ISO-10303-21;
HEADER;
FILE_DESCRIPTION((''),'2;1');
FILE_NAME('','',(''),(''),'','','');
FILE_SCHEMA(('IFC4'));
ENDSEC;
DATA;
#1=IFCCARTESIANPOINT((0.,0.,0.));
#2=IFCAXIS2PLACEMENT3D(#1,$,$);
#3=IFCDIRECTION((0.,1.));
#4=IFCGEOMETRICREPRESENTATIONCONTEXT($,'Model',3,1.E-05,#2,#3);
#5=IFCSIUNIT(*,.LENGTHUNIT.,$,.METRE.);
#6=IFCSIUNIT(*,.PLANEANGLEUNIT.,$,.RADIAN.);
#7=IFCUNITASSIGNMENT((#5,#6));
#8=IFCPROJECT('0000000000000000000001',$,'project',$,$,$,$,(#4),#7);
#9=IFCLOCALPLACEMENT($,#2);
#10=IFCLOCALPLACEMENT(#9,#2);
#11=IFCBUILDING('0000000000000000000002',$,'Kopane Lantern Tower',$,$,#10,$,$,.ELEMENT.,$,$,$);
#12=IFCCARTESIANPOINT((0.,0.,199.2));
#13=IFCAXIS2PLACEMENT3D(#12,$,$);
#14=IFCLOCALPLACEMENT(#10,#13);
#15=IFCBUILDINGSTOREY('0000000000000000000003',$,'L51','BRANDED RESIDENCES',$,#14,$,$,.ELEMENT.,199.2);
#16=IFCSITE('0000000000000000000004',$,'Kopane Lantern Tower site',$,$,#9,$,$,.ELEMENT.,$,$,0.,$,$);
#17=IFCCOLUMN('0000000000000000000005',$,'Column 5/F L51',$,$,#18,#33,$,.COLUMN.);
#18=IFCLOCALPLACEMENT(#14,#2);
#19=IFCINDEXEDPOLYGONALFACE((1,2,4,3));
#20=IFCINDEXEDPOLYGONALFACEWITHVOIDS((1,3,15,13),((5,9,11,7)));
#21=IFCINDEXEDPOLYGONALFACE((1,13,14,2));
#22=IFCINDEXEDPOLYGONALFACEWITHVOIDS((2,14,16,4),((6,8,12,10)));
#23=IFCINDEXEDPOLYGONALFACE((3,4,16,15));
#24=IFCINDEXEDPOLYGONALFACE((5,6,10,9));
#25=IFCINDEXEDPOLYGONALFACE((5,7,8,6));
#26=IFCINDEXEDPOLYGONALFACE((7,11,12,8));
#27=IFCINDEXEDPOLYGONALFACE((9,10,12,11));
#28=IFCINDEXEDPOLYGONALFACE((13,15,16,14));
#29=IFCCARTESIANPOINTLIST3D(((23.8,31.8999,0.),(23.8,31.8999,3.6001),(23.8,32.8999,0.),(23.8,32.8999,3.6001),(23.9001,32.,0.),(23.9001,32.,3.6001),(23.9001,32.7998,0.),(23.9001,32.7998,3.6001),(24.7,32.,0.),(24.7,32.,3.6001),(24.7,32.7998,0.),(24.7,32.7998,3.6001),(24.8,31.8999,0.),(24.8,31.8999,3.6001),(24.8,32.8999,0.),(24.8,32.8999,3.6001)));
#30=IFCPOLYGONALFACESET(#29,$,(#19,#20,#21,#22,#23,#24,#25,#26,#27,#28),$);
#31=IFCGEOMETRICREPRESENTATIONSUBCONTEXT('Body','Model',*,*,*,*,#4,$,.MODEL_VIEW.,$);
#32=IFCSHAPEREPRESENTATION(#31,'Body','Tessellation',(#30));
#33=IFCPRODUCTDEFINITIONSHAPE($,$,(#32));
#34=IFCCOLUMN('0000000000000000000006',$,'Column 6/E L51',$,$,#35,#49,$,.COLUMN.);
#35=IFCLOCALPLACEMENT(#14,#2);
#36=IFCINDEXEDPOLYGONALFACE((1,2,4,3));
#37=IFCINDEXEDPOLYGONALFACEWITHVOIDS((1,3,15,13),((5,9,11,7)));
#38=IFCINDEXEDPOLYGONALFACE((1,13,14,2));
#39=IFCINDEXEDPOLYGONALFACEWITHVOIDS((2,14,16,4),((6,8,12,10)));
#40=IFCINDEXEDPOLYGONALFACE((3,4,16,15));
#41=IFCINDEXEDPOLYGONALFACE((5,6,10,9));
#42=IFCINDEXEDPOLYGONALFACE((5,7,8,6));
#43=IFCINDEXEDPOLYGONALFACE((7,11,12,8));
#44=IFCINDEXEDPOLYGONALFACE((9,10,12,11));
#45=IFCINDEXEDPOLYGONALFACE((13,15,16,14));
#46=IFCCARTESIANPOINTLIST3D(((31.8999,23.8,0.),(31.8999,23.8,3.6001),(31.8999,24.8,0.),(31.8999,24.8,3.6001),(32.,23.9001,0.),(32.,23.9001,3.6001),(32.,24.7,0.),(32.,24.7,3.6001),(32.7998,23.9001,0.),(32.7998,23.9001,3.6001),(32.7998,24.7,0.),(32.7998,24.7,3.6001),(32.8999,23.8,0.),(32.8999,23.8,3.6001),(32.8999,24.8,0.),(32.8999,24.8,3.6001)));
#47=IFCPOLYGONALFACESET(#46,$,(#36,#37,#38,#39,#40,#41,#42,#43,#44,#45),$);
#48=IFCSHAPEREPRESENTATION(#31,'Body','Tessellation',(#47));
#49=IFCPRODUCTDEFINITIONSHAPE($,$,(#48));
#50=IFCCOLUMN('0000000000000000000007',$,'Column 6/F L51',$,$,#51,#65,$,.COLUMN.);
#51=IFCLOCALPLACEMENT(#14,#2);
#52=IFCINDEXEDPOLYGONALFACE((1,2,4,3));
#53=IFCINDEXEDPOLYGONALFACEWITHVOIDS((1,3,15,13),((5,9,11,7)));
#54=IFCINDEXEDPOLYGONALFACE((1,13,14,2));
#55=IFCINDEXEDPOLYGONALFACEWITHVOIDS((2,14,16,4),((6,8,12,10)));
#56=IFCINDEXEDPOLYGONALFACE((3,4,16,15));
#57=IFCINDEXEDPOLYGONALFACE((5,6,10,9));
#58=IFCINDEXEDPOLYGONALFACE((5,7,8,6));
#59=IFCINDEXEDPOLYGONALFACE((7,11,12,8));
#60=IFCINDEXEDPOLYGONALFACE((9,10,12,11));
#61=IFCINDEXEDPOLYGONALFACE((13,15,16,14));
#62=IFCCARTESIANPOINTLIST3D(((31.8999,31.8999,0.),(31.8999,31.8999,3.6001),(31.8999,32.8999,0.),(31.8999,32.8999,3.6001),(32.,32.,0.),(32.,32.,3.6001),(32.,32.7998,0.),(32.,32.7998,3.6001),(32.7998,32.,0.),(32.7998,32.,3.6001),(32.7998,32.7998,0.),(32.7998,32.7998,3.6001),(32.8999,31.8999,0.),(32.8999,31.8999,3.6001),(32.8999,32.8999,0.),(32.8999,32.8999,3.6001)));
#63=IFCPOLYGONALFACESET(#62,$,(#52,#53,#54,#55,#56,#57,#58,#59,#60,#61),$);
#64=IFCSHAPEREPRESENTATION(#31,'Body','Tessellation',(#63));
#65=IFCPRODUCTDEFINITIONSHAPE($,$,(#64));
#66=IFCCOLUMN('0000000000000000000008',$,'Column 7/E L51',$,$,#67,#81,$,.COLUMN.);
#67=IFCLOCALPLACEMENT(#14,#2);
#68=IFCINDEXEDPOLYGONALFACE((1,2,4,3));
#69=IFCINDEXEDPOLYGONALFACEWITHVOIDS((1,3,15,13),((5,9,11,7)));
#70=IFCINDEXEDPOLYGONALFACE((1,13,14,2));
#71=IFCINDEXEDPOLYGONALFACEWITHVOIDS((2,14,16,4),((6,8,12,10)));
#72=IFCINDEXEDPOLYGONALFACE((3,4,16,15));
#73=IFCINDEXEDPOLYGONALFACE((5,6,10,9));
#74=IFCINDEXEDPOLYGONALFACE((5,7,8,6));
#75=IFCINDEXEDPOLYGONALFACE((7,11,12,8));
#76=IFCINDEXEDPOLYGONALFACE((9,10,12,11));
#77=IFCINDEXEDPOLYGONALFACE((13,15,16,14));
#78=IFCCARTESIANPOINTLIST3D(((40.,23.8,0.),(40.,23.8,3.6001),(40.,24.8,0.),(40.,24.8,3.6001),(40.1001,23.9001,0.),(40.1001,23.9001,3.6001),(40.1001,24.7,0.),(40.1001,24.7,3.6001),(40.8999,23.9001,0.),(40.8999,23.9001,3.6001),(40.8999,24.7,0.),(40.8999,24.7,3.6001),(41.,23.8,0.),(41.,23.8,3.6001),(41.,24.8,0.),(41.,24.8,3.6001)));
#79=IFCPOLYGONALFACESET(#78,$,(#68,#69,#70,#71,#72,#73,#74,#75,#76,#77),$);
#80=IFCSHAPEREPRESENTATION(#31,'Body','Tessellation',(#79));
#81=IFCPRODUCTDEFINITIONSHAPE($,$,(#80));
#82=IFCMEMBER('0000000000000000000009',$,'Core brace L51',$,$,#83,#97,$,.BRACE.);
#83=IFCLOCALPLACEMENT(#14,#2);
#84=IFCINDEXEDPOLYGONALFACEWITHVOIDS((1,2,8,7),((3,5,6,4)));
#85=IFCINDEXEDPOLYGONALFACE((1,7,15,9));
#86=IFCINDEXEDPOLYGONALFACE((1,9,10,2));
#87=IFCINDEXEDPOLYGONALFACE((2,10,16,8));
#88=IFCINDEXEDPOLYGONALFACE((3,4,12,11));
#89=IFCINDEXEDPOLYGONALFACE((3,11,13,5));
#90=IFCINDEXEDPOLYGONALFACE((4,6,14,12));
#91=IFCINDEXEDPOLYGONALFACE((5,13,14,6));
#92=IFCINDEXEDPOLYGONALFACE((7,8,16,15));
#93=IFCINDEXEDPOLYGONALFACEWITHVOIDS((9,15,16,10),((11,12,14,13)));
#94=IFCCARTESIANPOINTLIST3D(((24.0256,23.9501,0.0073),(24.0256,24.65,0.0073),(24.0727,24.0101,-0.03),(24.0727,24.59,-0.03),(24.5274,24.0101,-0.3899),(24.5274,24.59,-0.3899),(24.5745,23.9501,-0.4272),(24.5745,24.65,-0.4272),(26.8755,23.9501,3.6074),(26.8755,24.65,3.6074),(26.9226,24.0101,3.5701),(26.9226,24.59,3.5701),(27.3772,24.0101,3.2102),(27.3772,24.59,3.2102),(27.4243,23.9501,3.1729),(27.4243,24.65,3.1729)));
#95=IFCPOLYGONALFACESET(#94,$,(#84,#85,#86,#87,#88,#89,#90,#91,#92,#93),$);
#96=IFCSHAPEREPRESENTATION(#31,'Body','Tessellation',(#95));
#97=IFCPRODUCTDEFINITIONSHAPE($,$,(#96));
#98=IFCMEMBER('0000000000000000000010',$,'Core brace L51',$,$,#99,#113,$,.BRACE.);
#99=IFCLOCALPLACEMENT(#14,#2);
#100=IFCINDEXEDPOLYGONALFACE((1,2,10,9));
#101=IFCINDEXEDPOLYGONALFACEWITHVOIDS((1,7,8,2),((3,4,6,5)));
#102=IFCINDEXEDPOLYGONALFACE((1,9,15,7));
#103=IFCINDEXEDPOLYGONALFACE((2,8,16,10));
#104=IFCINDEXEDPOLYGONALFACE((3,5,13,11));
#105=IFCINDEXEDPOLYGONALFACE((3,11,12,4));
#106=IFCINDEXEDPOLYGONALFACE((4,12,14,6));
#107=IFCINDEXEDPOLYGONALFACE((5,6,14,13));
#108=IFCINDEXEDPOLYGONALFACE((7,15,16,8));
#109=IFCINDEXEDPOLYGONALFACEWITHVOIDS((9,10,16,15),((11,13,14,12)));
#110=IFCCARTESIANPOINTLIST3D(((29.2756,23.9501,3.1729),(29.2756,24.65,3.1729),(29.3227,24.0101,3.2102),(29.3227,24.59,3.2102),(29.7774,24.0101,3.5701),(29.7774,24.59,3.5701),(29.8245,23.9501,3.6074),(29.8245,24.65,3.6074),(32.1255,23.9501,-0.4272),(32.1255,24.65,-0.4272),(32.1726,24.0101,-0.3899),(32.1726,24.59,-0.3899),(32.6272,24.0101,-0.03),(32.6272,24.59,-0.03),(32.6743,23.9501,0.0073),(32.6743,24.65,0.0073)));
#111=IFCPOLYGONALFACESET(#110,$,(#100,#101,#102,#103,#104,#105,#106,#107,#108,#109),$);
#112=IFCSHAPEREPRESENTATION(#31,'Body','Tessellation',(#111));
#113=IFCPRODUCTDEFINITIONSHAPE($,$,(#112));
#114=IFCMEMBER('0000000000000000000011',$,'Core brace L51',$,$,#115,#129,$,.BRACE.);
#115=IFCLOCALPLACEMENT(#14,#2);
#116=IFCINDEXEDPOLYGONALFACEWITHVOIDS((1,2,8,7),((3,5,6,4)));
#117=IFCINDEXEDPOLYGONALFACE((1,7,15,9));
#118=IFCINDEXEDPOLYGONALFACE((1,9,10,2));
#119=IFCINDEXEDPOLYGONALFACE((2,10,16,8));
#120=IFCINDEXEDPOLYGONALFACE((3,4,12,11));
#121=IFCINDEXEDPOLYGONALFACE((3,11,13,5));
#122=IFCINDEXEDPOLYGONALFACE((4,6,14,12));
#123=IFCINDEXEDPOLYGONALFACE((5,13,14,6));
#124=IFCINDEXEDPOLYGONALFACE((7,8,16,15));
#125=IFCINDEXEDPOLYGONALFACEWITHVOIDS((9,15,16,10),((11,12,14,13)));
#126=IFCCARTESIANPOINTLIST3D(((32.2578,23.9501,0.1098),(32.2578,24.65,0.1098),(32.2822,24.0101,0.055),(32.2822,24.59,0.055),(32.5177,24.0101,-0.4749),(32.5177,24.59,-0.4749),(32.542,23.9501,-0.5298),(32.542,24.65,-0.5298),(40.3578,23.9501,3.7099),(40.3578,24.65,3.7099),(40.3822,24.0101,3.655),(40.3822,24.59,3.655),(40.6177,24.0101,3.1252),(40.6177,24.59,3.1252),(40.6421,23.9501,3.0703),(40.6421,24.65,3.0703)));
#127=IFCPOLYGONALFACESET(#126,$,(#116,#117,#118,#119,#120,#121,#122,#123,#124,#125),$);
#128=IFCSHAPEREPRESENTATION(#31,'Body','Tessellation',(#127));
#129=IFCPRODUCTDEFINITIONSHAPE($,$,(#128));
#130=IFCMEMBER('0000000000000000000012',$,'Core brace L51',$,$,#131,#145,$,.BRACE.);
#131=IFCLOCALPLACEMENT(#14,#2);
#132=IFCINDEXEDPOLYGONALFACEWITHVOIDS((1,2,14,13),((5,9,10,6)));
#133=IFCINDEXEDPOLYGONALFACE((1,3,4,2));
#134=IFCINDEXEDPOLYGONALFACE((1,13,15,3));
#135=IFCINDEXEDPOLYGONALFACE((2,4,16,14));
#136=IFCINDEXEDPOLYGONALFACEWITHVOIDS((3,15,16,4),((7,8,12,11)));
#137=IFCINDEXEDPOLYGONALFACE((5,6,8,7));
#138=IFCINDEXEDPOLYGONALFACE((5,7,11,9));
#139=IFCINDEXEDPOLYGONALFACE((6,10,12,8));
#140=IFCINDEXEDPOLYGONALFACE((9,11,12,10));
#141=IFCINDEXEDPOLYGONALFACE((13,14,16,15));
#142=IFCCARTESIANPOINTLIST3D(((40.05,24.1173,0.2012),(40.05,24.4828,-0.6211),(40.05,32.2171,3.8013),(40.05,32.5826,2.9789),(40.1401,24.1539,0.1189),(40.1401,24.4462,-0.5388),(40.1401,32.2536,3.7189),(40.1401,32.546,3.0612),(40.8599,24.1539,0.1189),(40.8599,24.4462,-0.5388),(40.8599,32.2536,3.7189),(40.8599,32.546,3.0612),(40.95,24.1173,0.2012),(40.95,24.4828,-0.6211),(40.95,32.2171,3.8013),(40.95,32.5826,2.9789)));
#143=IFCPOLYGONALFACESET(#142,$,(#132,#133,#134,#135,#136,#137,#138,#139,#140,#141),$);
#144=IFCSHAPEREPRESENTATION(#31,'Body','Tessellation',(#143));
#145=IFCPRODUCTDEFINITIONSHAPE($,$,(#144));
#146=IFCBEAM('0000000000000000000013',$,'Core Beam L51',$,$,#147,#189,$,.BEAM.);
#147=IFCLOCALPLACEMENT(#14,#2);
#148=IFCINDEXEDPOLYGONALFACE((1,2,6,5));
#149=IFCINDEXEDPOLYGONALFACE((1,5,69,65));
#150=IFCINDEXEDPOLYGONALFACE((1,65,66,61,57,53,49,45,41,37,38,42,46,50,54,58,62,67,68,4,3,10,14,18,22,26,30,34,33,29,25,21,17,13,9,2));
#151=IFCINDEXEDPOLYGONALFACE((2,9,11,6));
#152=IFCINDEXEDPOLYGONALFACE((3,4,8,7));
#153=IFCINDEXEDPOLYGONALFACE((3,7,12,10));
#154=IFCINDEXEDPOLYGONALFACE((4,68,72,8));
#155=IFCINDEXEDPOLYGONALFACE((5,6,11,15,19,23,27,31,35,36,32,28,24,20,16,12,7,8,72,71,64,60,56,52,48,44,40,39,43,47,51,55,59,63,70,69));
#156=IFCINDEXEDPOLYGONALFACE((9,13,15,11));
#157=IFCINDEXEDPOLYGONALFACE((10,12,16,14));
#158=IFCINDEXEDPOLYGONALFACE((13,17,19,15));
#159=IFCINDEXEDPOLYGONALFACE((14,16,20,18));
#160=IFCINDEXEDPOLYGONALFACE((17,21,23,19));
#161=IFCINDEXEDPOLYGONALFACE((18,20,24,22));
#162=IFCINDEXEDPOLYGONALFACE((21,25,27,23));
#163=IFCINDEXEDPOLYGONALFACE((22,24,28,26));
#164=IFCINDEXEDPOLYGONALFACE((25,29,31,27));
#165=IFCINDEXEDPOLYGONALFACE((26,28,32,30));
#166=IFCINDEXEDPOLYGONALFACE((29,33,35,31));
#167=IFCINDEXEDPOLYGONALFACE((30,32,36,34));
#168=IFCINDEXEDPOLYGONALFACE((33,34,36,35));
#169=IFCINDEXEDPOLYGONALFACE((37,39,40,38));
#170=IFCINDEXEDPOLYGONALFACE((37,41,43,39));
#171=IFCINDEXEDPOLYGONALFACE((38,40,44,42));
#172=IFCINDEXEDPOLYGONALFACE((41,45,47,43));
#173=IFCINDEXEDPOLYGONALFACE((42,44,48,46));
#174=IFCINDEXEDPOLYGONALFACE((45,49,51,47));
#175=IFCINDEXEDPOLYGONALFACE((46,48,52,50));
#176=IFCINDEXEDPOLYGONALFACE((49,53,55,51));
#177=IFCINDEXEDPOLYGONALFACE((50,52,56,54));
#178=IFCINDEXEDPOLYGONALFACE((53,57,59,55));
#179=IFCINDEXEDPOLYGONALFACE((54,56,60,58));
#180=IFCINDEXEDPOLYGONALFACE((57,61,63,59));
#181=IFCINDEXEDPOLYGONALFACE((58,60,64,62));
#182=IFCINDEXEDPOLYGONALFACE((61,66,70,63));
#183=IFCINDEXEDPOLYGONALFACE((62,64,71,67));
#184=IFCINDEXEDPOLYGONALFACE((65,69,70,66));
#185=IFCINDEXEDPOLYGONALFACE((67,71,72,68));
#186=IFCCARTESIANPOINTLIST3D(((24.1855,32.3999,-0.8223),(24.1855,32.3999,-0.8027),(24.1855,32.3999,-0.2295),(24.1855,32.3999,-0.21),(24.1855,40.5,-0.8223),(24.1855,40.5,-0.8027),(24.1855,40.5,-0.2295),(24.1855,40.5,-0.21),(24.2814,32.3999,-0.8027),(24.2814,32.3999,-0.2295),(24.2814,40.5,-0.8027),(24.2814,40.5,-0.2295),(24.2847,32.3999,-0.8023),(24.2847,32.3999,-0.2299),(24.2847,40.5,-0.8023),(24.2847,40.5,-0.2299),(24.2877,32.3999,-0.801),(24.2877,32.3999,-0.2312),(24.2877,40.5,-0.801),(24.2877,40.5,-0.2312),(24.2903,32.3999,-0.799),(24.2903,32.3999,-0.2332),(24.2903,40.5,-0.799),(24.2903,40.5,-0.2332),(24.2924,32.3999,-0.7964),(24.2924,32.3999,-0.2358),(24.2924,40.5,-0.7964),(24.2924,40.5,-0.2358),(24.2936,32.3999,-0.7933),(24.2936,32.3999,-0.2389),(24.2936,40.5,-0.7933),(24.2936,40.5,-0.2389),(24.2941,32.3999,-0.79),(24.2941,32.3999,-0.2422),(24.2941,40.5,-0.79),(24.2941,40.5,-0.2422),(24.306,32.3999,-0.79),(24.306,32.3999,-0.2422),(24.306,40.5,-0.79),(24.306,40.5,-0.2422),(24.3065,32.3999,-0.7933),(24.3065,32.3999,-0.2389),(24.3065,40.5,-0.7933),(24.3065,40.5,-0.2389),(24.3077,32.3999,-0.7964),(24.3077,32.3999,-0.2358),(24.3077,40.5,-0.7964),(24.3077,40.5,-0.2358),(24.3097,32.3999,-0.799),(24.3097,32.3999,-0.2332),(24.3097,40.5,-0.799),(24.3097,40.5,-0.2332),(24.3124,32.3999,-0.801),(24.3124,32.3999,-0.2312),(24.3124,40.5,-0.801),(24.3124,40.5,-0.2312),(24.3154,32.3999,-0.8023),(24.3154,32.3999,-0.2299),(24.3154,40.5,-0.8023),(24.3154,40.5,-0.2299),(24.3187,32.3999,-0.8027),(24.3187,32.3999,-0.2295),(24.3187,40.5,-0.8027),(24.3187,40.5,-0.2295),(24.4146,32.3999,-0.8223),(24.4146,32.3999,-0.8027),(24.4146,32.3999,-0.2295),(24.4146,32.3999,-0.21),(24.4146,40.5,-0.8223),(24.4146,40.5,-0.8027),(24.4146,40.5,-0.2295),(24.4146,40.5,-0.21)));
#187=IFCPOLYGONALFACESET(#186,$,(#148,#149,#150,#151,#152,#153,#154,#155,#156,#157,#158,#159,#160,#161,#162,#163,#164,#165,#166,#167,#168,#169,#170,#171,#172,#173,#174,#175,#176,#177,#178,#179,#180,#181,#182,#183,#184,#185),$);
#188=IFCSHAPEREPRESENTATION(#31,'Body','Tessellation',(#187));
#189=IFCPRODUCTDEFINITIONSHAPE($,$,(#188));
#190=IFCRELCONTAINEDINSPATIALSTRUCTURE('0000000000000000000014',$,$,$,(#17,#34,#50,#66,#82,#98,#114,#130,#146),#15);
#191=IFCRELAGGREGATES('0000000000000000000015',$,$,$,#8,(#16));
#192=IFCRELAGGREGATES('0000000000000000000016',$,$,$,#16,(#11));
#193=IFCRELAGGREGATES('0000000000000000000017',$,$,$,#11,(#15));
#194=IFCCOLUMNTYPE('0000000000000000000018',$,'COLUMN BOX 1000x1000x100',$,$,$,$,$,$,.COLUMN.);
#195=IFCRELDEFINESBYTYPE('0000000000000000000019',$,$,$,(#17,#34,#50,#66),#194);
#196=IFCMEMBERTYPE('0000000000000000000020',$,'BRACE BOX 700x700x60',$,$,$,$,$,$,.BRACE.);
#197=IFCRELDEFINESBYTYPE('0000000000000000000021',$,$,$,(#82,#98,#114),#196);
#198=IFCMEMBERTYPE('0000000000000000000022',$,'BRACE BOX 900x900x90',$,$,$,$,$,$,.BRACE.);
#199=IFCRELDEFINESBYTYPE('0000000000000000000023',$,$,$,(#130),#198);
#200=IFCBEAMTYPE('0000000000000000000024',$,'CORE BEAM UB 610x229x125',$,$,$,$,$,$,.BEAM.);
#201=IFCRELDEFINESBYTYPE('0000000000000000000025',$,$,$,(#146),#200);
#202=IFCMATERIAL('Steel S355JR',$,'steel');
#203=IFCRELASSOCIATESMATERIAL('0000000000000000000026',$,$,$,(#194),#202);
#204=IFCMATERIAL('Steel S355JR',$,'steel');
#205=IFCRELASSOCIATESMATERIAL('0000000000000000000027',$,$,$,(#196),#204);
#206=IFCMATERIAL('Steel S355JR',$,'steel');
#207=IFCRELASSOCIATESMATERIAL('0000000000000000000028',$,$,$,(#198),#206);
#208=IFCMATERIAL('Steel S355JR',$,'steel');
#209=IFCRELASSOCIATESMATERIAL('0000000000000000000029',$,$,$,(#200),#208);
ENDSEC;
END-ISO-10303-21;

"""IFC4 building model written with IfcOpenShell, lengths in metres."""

from ifc_helpers import new_model, si_unit, direction, frame, origin, origin_2d, place, context, subcontext, project, spatial, hollow_rectangle, i_section, extrude, material, material_profile, profile_set, type_object, element, save


model = new_model("IFC4")

# Units and contexts
model_context = context("Model", 3, precision=1e-05, world=origin(), true_north=direction((0.0, 1.0)))
body_context = subcontext(model_context, "Body", "Model", "MODEL_VIEW")
ifc_project = project(units=[si_unit("LENGTHUNIT", "METRE"), si_unit("PLANEANGLEUNIT", "RADIAN")], contexts=[model_context])

# Site, building, storey
site_placement = place(None, origin())
site = spatial("IfcSite", under=ifc_project, at=site_placement, Name="Kopane Lantern Tower site", CompositionType="ELEMENT", RefElevation=0.0)
building_placement = place(site_placement, origin())
building = spatial("IfcBuilding", under=site, at=building_placement, Name="Kopane Lantern Tower", CompositionType="ELEMENT")
storey_placement = place(building_placement, frame((0.0, 0.0, 199.2)))
storey = spatial("IfcBuildingStorey", under=building, at=storey_placement, Name="L51", Description="BRANDED RESIDENCES", CompositionType="ELEMENT", Elevation=199.2)

# Columns
ifc_material_1 = material(Name="Steel S355JR", Category="steel")
ifc_material_profile_1 = material_profile(ifc_material_1, hollow_rectangle(XDim=1.0, YDim=1.0, WallThickness=0.1001, at=origin_2d()), Name="BOX 1000x1000x100")
ifc_profile_set_1 = profile_set([ifc_material_profile_1], Name="Steel S355JR")
column_type = type_object("IfcColumnType", Name="COLUMN BOX 1000x1000x100", PredefinedType="COLUMN", material=ifc_profile_set_1)
for number, where, z_axis, x_axis, name in (
    (1, (24.3, 32.3999, 0.0), (0.0, 0.0, 1.0), (1.0, 0.0, 0.0), "Column 5/F L51"),
    (2, (32.3999, 24.3, 0.0), (0.0, 0.0, 1.0), (1.0, 0.0, 0.0), "Column 6/E L51"),
    (3, (32.3999, 32.3999, 0.0), (0.0, 0.0, 1.0), (1.0, 0.0, 0.0), "Column 6/F L51"),
    (4, (40.5, 24.3, 0.0), (0.0, 0.0, 1.0), (1.0, 0.0, 0.0), "Column 7/E L51"),
):
    element("IfcColumn", number, at=place(storey_placement, frame(where, z_axis=z_axis, x_axis=x_axis)), inside=storey, type_object=column_type, Name=name, PredefinedType="COLUMN", context=body_context, shape_type="SweptSolid", body=[
        extrude(hollow_rectangle(XDim=1.0, YDim=1.0, WallThickness=0.1001, at=origin_2d()), origin(), (0.0, 0.0, 1.0), 3.6001),
    ])

# Members
ifc_material_2 = material(Name="Steel S355JR", Category="steel")
ifc_material_profile_2 = material_profile(ifc_material_2, hollow_rectangle(XDim=0.7, YDim=0.7, WallThickness=0.0601, at=origin_2d()), Name="BOX 700x700x60")
ifc_profile_set_2 = profile_set([ifc_material_profile_2], Name="Steel S355JR")
member_type_1 = type_object("IfcMemberType", Name="BRACE BOX 700x700x60", PredefinedType="BRACE", material=ifc_profile_set_2)
for number, where, z_axis, x_axis, name in (
    (5, (24.3, 24.3, -0.21), (0.620673, 0.0, 0.78407), (0.0, 1.0, 0.0), "Core brace L51"),
    (6, (32.3999, 24.3, -0.21), (-0.620673, 0.0, 0.78407), (0.0, -1.0, 0.0), "Core brace L51"),
):
    element("IfcMember", number, at=place(storey_placement, frame(where, z_axis=z_axis, x_axis=x_axis)), inside=storey, type_object=member_type_1, Name=name, PredefinedType="BRACE", context=body_context, shape_type="SweptSolid", body=[
        extrude(hollow_rectangle(XDim=0.7, YDim=0.7, WallThickness=0.0601, at=origin_2d()), origin(), (0.0, 0.0, 1.0), 4.5916),
    ])
member_1_placement = place(storey_placement, frame((32.3999, 24.3, -0.21), z_axis=(0.913809, 0.0, 0.406144), x_axis=(0.0, 1.0, 0.0)))
element("IfcMember", 7, at=member_1_placement, inside=storey, type_object=member_type_1, Name="Core brace L51", PredefinedType="BRACE", context=body_context, shape_type="SweptSolid", body=[
    extrude(hollow_rectangle(XDim=0.7, YDim=0.7, WallThickness=0.0601, at=origin_2d()), origin(), (0.0, 0.0, 1.0), 8.864),
])
ifc_material_3 = material(Name="Steel S355JR", Category="steel")
ifc_material_profile_3 = material_profile(ifc_material_3, hollow_rectangle(XDim=0.8999, YDim=0.8999, WallThickness=0.0901, at=origin_2d()), Name="BOX 900x900x90")
ifc_profile_set_3 = profile_set([ifc_material_profile_3], Name="Steel S355JR")
member_type_2 = type_object("IfcMemberType", Name="BRACE BOX 900x900x90", PredefinedType="BRACE", material=ifc_profile_set_3)
member_2_placement = place(storey_placement, frame((40.5, 24.3, -0.21), z_axis=(0.0, 0.913805, 0.406154), x_axis=(-1.0, 0.0, 0.0)))
element("IfcMember", 8, at=member_2_placement, inside=storey, type_object=member_type_2, Name="Core brace L51", PredefinedType="BRACE", context=body_context, shape_type="SweptSolid", body=[
    extrude(hollow_rectangle(XDim=0.8999, YDim=0.8999, WallThickness=0.0901, at=origin_2d()), origin(), (0.0, 0.0, 1.0), 8.8638),
])

# Beam
ifc_material_4 = material(Name="Steel S355JR", Category="steel")
ifc_material_profile_4 = material_profile(ifc_material_4, i_section(OverallWidth=0.229, OverallDepth=0.6123, WebThickness=0.012, FlangeThickness=0.0195, FilletRadius=0.0127, at=origin_2d()), Name="UB 610x229x125")
ifc_profile_set_4 = profile_set([ifc_material_profile_4], Name="Steel S355JR")
beam_type_1 = type_object("IfcBeamType", Name="CORE BEAM UB 610x229x125", PredefinedType="BEAM", material=ifc_profile_set_4)
beam_1_placement = place(storey_placement, frame((24.3, 32.3999, -0.5161), z_axis=(0.0, 1.0, 0.0), x_axis=(-1.0, 0.0, 0.0)))
element("IfcBeam", 9, at=beam_1_placement, inside=storey, type_object=beam_type_1, Name="Core Beam L51", PredefinedType="BEAM", context=body_context, shape_type="SweptSolid", body=[
    extrude(i_section(OverallWidth=0.229, OverallDepth=0.6123, WebThickness=0.012, FlangeThickness=0.0195, FilletRadius=0.0127, at=origin_2d()), origin(), (0.0, 0.0, 1.0), 8.1001),
])

save(model, "model.ifc")
